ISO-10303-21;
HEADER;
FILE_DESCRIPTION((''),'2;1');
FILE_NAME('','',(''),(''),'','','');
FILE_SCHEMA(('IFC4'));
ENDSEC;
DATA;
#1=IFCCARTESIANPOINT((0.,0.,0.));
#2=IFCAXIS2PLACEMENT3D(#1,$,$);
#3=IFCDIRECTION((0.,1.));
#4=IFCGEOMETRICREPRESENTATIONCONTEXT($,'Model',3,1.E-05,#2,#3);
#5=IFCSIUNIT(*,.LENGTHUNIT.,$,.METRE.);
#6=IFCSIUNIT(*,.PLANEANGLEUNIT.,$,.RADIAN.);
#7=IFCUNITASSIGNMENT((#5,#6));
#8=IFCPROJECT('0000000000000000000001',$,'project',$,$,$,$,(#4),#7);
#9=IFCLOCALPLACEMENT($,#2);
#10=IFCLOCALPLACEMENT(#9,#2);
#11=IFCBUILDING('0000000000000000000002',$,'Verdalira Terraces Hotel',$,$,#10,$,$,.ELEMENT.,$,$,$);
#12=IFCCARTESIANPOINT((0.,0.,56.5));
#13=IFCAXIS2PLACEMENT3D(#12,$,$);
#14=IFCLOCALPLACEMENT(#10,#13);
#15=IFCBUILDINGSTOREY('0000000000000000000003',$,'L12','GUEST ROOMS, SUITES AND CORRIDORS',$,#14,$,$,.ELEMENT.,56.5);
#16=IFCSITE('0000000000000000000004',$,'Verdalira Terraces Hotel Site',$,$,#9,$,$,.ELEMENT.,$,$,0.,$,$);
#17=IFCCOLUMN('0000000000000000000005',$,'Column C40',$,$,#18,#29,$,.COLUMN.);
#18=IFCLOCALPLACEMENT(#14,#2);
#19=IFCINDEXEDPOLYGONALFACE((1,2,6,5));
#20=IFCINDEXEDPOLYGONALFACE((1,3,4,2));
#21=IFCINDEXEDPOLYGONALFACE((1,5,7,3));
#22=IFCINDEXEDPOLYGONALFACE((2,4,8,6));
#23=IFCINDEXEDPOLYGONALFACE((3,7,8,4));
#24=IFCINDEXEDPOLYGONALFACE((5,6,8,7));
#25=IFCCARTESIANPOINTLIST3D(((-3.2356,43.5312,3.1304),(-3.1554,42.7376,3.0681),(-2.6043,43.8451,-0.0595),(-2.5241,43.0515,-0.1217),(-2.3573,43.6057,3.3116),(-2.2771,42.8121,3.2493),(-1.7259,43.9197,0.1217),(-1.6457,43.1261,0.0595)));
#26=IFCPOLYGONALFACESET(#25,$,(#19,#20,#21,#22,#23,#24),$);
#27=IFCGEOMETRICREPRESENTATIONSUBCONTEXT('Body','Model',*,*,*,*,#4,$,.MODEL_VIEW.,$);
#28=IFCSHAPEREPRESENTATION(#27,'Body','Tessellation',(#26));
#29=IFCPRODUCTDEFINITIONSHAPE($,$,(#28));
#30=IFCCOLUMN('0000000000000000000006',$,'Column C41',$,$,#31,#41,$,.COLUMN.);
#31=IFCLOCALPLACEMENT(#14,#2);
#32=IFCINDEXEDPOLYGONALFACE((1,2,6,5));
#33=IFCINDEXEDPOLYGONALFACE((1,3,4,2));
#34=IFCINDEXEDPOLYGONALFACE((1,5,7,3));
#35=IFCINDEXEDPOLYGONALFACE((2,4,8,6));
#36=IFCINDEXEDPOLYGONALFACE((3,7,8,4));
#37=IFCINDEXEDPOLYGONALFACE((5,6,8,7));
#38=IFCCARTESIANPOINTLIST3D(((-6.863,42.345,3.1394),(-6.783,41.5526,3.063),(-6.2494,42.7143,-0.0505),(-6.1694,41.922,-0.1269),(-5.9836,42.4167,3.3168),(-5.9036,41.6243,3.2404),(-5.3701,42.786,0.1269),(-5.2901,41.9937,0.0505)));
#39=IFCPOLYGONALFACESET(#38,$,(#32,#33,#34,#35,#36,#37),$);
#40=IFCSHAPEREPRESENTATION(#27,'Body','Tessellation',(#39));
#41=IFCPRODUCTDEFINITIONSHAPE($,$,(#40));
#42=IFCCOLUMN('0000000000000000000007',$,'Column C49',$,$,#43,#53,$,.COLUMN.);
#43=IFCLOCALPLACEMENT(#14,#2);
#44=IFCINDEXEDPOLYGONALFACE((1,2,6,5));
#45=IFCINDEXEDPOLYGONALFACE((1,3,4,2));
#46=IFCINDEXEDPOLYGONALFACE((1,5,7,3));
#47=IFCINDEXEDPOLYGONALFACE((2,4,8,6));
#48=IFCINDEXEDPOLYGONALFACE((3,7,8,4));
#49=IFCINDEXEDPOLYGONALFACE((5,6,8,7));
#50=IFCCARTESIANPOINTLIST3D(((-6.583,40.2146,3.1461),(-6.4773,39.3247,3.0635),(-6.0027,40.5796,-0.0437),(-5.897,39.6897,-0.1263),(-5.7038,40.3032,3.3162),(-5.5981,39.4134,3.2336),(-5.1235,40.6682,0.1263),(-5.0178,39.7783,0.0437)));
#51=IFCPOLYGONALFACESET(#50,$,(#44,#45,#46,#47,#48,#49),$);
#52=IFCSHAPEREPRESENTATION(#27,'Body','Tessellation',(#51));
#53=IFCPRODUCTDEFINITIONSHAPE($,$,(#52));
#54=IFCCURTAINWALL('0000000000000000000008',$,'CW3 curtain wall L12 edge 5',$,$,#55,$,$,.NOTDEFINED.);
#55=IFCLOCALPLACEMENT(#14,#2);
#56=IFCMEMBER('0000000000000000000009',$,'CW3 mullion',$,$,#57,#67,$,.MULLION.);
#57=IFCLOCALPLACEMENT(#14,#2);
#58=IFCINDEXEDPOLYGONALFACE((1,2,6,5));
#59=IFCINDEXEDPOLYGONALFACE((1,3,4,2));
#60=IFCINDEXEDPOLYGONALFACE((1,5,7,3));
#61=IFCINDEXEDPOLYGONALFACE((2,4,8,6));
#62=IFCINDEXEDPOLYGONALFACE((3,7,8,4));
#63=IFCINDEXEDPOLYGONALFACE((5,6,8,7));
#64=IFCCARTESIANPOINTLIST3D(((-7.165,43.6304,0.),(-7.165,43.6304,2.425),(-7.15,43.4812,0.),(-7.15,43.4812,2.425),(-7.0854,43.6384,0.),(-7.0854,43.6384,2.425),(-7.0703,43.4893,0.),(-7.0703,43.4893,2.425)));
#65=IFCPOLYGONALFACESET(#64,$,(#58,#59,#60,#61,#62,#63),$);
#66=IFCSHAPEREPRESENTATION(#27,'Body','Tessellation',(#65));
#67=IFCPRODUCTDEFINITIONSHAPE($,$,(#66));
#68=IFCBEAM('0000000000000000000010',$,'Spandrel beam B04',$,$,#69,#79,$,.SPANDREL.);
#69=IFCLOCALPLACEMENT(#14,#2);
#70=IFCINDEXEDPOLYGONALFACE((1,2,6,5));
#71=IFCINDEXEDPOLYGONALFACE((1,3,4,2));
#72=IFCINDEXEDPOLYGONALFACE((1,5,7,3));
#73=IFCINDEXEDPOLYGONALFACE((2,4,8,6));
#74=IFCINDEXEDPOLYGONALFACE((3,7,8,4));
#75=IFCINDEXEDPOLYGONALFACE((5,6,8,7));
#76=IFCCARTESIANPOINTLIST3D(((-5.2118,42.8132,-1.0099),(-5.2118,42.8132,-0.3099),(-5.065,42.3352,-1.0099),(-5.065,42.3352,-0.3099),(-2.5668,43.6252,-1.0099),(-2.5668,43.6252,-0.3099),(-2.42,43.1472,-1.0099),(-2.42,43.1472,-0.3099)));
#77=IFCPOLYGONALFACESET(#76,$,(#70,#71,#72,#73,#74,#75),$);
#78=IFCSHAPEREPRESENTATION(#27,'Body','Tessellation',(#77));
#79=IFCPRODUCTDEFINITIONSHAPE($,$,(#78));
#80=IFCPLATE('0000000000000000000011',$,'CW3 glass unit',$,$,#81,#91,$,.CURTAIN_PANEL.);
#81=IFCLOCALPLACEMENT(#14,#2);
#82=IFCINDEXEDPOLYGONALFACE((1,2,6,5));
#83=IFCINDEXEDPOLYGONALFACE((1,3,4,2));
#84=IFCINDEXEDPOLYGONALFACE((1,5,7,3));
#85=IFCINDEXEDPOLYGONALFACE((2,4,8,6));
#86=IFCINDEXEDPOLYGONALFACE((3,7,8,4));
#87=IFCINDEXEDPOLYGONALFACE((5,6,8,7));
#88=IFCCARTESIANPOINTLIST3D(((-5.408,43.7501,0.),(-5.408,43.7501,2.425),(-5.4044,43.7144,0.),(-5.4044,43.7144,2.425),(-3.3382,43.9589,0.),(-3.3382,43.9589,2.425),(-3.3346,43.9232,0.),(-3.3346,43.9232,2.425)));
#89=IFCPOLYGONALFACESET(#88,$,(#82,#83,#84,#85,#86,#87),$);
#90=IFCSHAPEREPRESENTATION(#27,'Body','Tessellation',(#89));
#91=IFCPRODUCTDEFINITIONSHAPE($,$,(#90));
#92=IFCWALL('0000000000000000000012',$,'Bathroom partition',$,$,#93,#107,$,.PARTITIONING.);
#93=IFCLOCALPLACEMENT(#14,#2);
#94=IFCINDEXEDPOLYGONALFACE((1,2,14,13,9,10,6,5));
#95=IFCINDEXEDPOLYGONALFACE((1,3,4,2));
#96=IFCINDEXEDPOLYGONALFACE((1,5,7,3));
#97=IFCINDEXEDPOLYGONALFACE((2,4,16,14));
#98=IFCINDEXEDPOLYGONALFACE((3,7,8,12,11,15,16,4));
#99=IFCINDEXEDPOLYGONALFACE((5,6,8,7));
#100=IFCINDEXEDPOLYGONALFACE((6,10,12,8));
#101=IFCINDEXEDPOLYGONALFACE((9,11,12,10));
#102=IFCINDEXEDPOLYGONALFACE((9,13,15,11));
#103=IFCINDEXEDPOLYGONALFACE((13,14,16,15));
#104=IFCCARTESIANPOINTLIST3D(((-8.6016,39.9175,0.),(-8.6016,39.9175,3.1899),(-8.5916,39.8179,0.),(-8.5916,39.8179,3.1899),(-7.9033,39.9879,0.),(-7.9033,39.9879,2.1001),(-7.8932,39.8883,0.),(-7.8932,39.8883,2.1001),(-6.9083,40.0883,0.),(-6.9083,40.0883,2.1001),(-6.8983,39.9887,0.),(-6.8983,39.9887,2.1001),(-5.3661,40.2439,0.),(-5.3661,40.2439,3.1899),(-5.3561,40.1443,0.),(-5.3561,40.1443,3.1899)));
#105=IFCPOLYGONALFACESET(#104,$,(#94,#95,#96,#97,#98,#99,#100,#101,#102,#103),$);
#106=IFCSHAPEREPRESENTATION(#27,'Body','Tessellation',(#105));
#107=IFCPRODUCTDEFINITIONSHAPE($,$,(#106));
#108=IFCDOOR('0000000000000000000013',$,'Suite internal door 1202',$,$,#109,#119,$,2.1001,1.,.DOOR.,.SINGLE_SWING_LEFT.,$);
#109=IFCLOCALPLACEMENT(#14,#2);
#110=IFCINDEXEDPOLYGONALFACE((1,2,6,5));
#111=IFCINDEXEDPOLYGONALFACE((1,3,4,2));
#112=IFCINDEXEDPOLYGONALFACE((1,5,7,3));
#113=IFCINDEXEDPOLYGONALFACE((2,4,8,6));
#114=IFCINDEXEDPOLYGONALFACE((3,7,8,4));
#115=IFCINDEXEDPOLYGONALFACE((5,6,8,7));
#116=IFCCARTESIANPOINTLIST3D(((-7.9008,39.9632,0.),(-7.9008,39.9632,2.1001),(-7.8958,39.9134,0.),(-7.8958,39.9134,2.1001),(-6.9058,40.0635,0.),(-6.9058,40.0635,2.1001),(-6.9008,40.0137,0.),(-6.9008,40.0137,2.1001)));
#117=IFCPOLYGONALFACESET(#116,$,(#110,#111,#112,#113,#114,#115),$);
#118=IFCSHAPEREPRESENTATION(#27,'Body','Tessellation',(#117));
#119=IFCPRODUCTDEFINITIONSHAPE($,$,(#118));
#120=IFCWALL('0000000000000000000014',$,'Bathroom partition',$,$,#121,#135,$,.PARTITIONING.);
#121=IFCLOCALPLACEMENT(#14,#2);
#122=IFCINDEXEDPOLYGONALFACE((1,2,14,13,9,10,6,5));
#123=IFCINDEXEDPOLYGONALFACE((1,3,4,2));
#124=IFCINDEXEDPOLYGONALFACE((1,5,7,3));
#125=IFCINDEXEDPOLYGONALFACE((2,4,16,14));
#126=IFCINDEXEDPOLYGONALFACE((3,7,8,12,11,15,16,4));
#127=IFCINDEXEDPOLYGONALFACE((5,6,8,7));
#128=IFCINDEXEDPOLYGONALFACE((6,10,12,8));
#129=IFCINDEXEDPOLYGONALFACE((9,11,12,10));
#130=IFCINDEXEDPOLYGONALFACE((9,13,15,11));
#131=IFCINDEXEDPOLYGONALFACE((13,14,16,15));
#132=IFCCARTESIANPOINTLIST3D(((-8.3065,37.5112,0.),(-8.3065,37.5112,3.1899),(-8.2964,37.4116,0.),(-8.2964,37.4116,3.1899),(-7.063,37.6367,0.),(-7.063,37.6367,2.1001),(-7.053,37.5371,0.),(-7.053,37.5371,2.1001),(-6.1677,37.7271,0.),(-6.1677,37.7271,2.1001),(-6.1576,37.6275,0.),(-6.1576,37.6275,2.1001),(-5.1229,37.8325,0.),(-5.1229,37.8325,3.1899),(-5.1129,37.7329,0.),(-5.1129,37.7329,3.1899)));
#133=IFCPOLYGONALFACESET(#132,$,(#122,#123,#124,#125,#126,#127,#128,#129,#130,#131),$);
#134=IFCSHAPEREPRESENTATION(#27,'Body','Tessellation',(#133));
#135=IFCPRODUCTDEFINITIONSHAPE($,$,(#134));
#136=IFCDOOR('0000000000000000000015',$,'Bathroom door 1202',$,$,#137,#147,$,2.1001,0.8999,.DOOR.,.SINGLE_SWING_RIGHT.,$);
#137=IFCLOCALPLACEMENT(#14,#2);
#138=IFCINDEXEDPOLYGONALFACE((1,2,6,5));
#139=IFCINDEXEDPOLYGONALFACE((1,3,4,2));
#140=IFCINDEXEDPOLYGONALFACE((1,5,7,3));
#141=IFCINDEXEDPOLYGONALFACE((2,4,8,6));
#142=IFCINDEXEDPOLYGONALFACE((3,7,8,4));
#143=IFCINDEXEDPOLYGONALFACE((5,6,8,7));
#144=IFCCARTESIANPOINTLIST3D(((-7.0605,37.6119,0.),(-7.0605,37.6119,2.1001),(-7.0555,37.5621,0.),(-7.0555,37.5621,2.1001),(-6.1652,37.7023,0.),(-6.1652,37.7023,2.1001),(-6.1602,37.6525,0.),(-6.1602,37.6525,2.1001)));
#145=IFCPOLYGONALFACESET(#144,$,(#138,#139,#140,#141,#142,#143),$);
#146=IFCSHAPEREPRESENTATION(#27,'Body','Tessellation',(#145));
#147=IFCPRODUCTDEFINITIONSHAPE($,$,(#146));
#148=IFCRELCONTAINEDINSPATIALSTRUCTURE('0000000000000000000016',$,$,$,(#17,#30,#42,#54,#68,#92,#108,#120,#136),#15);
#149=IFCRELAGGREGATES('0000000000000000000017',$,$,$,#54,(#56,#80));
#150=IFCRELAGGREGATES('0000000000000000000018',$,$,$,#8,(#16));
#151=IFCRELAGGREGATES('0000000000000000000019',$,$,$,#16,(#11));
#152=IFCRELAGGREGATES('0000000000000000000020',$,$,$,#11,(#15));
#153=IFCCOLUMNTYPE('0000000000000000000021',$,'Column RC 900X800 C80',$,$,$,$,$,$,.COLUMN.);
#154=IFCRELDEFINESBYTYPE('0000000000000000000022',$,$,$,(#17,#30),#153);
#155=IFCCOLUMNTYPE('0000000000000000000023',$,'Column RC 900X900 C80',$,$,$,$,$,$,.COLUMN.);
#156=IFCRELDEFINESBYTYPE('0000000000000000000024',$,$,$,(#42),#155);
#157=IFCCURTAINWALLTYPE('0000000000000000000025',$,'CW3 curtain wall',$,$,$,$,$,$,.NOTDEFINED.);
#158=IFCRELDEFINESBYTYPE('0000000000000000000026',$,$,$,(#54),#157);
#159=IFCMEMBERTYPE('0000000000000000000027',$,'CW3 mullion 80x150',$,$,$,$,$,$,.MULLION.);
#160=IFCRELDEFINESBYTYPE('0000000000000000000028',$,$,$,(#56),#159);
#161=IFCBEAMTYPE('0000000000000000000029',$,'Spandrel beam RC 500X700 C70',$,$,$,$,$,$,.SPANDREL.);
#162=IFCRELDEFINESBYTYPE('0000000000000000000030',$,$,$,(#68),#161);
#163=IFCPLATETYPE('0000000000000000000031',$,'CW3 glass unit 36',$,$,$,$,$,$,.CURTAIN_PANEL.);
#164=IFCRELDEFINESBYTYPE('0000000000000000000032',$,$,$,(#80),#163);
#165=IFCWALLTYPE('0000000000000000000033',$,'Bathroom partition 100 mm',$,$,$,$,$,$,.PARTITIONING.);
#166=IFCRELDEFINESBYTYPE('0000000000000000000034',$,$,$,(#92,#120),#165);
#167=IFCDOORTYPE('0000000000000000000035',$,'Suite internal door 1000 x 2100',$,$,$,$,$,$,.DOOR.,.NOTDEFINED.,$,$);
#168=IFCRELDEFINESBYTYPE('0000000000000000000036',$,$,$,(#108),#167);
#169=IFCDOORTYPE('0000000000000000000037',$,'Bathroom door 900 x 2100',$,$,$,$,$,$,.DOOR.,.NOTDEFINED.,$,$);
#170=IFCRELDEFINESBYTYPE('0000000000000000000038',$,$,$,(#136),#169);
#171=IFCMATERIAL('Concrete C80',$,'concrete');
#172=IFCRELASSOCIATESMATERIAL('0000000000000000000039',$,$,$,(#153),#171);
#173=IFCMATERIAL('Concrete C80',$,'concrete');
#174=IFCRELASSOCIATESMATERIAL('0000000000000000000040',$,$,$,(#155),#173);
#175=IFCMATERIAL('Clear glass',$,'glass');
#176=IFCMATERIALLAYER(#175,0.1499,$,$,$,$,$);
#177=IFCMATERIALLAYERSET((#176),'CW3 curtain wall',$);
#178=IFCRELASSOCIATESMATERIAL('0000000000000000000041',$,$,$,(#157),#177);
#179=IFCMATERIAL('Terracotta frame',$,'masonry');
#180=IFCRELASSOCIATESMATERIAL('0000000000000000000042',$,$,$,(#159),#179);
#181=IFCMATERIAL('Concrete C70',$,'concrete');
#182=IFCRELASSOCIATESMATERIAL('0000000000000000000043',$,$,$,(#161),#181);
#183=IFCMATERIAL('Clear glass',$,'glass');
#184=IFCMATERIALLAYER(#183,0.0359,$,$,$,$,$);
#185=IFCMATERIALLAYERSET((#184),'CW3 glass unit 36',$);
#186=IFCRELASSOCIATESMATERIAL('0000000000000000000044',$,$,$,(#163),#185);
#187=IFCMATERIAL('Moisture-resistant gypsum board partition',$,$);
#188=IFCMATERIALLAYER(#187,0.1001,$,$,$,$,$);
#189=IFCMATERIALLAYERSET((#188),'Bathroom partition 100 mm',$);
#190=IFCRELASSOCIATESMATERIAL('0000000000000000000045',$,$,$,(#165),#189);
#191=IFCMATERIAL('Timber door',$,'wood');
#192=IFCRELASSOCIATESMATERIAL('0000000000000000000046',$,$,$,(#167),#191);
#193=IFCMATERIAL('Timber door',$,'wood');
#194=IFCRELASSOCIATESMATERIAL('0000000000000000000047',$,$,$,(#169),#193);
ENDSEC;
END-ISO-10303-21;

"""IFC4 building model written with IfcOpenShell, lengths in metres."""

from ifc_helpers import new_model, si_unit, direction, frame, frame_2d, origin, origin_2d, place, context, subcontext, project, spatial, rectangle, extrude, material, layer, layer_set, material_profile, profile_set, type_object, element, fill, aggregate, save


model = new_model("IFC4")

# Units and contexts
model_context = context("Model", 3, precision=1e-05, world=origin(), true_north=direction((0.0, 1.0)))
body_context = subcontext(model_context, "Body", "Model", "MODEL_VIEW")
ifc_project = project(units=[si_unit("LENGTHUNIT", "METRE"), si_unit("PLANEANGLEUNIT", "RADIAN")], contexts=[model_context])

# Site, building, storey
site_placement = place(None, origin())
site = spatial("IfcSite", under=ifc_project, at=site_placement, Name="Verdalira Terraces Hotel Site", CompositionType="ELEMENT", RefElevation=0.0)
building_placement = place(site_placement, origin())
building = spatial("IfcBuilding", under=site, at=building_placement, Name="Verdalira Terraces Hotel", CompositionType="ELEMENT")
storey_placement = place(building_placement, frame((0.0, 0.0, 56.5)))
storey = spatial("IfcBuildingStorey", under=building, at=storey_placement, Name="L12", Description="GUEST ROOMS, SUITES AND CORRIDORS", CompositionType="ELEMENT", Elevation=56.5)

# Columns
ifc_material_1 = material(Name="Concrete C80", Category="concrete")
ifc_material_profile_1 = material_profile(ifc_material_1, rectangle(XDim=0.8999, YDim=0.8, at=origin_2d()), Name="RC 900X800")
ifc_profile_set_1 = profile_set([ifc_material_profile_1], Name="Concrete C80")
column_type_1 = type_object("IfcColumnType", Name="Column RC 900X800 C80", PredefinedType="COLUMN", material=ifc_profile_set_1)
column_1_placement = place(storey_placement, frame((-2.125, 43.4856, 0.0), z_axis=(-0.193253, -0.096104, 0.976431), x_axis=(-0.976016, -0.082832, -0.201324)))
element("IfcColumn", 1, at=column_1_placement, inside=storey, type_object=column_type_1, Name="Column C40", PredefinedType="COLUMN", context=body_context, shape_type="SweptSolid", body=[
    extrude(rectangle(XDim=0.8999, YDim=0.8, at=origin_2d()), origin(), (0.0, 0.0, 1.0), 3.2668),
])
column_2_placement = place(storey_placement, frame((-5.7698, 42.354, 0.0), z_axis=(-0.18766, -0.112985, 0.975714), x_axis=(-0.977131, -0.079656, -0.197157)))
element("IfcColumn", 2, at=column_2_placement, inside=storey, type_object=column_type_1, Name="Column C41", PredefinedType="COLUMN", context=body_context, shape_type="SweptSolid", body=[
    extrude(rectangle(XDim=0.8999, YDim=0.8, at=origin_2d()), origin(), (0.0, 0.0, 1.0), 3.2693),
])
ifc_material_2 = material(Name="Concrete C80", Category="concrete")
ifc_material_profile_2 = material_profile(ifc_material_2, rectangle(XDim=0.8999, YDim=0.8999, at=origin_2d()), Name="RC 900X900")
ifc_profile_set_2 = profile_set([ifc_material_profile_2], Name="Concrete C80")
column_type_2 = type_object("IfcColumnType", Name="Column RC 900X900 C80", PredefinedType="COLUMN", material=ifc_profile_set_2)
column_3_placement = place(storey_placement, frame((-5.5103, 40.179, 0.0), z_axis=(-0.177861, -0.111865, 0.977677), x_axis=(-0.117428, 0.988831, 0.091778)))
element("IfcColumn", 3, at=column_3_placement, inside=storey, type_object=column_type_2, Name="Column C49", PredefinedType="COLUMN", context=body_context, shape_type="SweptSolid", body=[
    extrude(rectangle(XDim=0.8999, YDim=0.8999, at=origin_2d()), origin(), (0.0, 0.0, 1.0), 3.2627),
])

# Curtain wall, member
ifc_material_3 = material(Name="Clear glass", Category="glass")
ifc_layer_1 = layer(ifc_material_3, 0.1499)
ifc_layer_set_1 = layer_set([ifc_layer_1], Name="CW3 curtain wall")
curtain_wall_type = type_object("IfcCurtainWallType", Name="CW3 curtain wall", PredefinedType="NOTDEFINED", material=ifc_layer_set_1)
curtain_wall_placement = place(storey_placement, origin())
curtain_wall = element("IfcCurtainWall", 4, at=curtain_wall_placement, inside=storey, type_object=curtain_wall_type, Name="CW3 curtain wall L12 edge 5", PredefinedType="NOTDEFINED")
ifc_material_4 = material(Name="Terracotta frame", Category="masonry")
ifc_material_profile_3 = material_profile(ifc_material_4, rectangle(XDim=0.0801, YDim=0.1499, at=origin_2d()), Name="MU 80x150")
ifc_profile_set_3 = profile_set([ifc_material_profile_3], Name="Terracotta frame")
member_type = type_object("IfcMemberType", Name="CW3 mullion 80x150", PredefinedType="MULLION", material=ifc_profile_set_3)
member_placement = place(storey_placement, frame((-7.1177, 43.5598, 0.0), z_axis=(0.0, 0.0, 1.0), x_axis=(-0.994951, -0.100362, 0.0)))
member = element("IfcMember", 5, at=member_placement, type_object=member_type, Name="CW3 mullion", PredefinedType="MULLION", context=body_context, shape_type="SweptSolid", body=[
    extrude(rectangle(XDim=0.0801, YDim=0.1499, at=origin_2d()), origin(), (0.0, 0.0, 1.0), 2.425),
])

# Beam
ifc_material_5 = material(Name="Concrete C70", Category="concrete")
ifc_material_profile_4 = material_profile(ifc_material_5, rectangle(XDim=0.5, YDim=0.7, at=origin_2d()), Name="RC 500X700")
ifc_profile_set_4 = profile_set([ifc_material_profile_4], Name="Concrete C70")
beam_type = type_object("IfcBeamType", Name="Spandrel beam RC 500X700 C70", PredefinedType="SPANDREL", material=ifc_profile_set_4)
beam_placement = place(storey_placement, frame((-2.4934, 43.3862, -0.6599), z_axis=(-0.955966, -0.293478, 0.0), x_axis=(0.293478, -0.955966, 0.0)))
element("IfcBeam", 6, at=beam_placement, inside=storey, type_object=beam_type, Name="Spandrel beam B04", PredefinedType="SPANDREL", context=body_context, shape_type="SweptSolid", body=[
    extrude(rectangle(XDim=0.5, YDim=0.7, at=origin_2d()), origin(), (0.0, 0.0, 1.0), 2.7668),
])

# Plate
ifc_material_6 = material(Name="Clear glass", Category="glass")
ifc_layer_2 = layer(ifc_material_6, 0.0359)
ifc_layer_set_2 = layer_set([ifc_layer_2], Name="CW3 glass unit 36")
plate_type = type_object("IfcPlateType", Name="CW3 glass unit 36", PredefinedType="CURTAIN_PANEL", material=ifc_layer_set_2)
plate_placement = place(storey_placement, frame((-4.3713, 43.8367, 0.0), z_axis=(0.0, 0.0, 1.0), x_axis=(-0.994951, -0.100362, 0.0)))
plate = element("IfcPlate", 7, at=plate_placement, type_object=plate_type, Name="CW3 glass unit", PredefinedType="CURTAIN_PANEL", context=body_context, shape_type="SweptSolid", body=[
    extrude(rectangle(XDim=2.0803, YDim=0.0359, at=origin_2d()), origin(), (0.0, 0.0, 1.0), 2.425),
])
aggregate(curtain_wall, [member, plate])

# Walls, openings, doors
ifc_material_7 = material(Name="Moisture-resistant gypsum board partition")
ifc_layer_3 = layer(ifc_material_7, 0.1001)
ifc_layer_set_3 = layer_set([ifc_layer_3], Name="Bathroom partition 100 mm")
wall_type_1 = type_object("IfcWallType", Name="Bathroom partition 100 mm", PredefinedType="PARTITIONING", material=ifc_layer_set_3)
wall_1_placement = place(storey_placement, frame((-5.3611, 40.1941, 0.0), z_axis=(0.0, 0.0, 1.0), x_axis=(-0.99495, -0.100373, 0.0)))
wall_1 = element("IfcWall", 8, at=wall_1_placement, inside=storey, type_object=wall_type_1, Name="Bathroom partition", PredefinedType="PARTITIONING", context=body_context, shape_type="SweptSolid", body=[
    extrude(rectangle(XDim=3.252, YDim=0.1001, at=frame_2d((1.626, 0.0))), origin(), (0.0, 0.0, 1.0), 3.1899),
])
opening_1_placement = place(wall_1_placement, frame((1.55, 0.0, 0.0)))
opening_1 = element("IfcOpeningElement", 9, at=opening_1_placement, cuts=wall_1, PredefinedType="OPENING", context=body_context, shape_type="SweptSolid", body=[
    extrude(rectangle(XDim=1.0, YDim=2.1001, at=frame_2d((0.5, 1.05))), frame((0.0, 0.0601, 0.0), z_axis=(0.0, -1.0, 0.0), x_axis=(1.0, 0.0, 0.0)), (0.0, 0.0, 1.0), 0.1201),
])
ifc_material_8 = material(Name="Timber door", Category="wood")
door_type_1 = type_object("IfcDoorType", Name="Suite internal door 1000 x 2100", OperationType="NOTDEFINED", PredefinedType="DOOR", material=ifc_material_8)
door_1_placement = place(opening_1_placement, origin())
door_1 = element("IfcDoor", 10, at=door_1_placement, inside=storey, type_object=door_type_1, Name="Suite internal door 1202", OperationType="SINGLE_SWING_LEFT", OverallHeight=2.1001, OverallWidth=1.0, PredefinedType="DOOR", context=body_context, shape_type="SweptSolid", body=[
    extrude(rectangle(XDim=1.0, YDim=2.1001, at=frame_2d((0.5, 1.05))), frame((0.0, 0.0249, 0.0), z_axis=(0.0, -1.0, 0.0), x_axis=(1.0, 0.0, 0.0)), (0.0, 0.0, 1.0), 0.05),
])
fill(opening_1, door_1)
wall_2_placement = place(storey_placement, frame((-5.1179, 37.7827, 0.0), z_axis=(0.0, 0.0, 1.0), x_axis=(-0.994946, -0.10041, 0.0)))
wall_2 = element("IfcWall", 11, at=wall_2_placement, inside=storey, type_object=wall_type_1, Name="Bathroom partition", PredefinedType="PARTITIONING", context=body_context, shape_type="SweptSolid", body=[
    extrude(rectangle(XDim=3.1997, YDim=0.1001, at=frame_2d((1.5999, 0.0))), origin(), (0.0, 0.0, 1.0), 3.1899),
])
opening_2_placement = place(wall_2_placement, frame((1.05, 0.0, 0.0)))
opening_2 = element("IfcOpeningElement", 12, at=opening_2_placement, cuts=wall_2, PredefinedType="OPENING", context=body_context, shape_type="SweptSolid", body=[
    extrude(rectangle(XDim=0.8999, YDim=2.1001, at=frame_2d((0.45, 1.05))), frame((0.0, 0.0601, 0.0), z_axis=(0.0, -1.0, 0.0), x_axis=(1.0, 0.0, 0.0)), (0.0, 0.0, 1.0), 0.1201),
])
ifc_material_9 = material(Name="Timber door", Category="wood")
door_type_2 = type_object("IfcDoorType", Name="Bathroom door 900 x 2100", OperationType="NOTDEFINED", PredefinedType="DOOR", material=ifc_material_9)
door_2_placement = place(opening_2_placement, origin())
door_2 = element("IfcDoor", 13, at=door_2_placement, inside=storey, type_object=door_type_2, Name="Bathroom door 1202", OperationType="SINGLE_SWING_RIGHT", OverallHeight=2.1001, OverallWidth=0.8999, PredefinedType="DOOR", context=body_context, shape_type="SweptSolid", body=[
    extrude(rectangle(XDim=0.8999, YDim=2.1001, at=frame_2d((0.45, 1.05))), frame((0.0, 0.0249, 0.0), z_axis=(0.0, -1.0, 0.0), x_axis=(1.0, 0.0, 0.0)), (0.0, 0.0, 1.0), 0.05),
])
fill(opening_2, door_2)

save(model, "model.ifc")
